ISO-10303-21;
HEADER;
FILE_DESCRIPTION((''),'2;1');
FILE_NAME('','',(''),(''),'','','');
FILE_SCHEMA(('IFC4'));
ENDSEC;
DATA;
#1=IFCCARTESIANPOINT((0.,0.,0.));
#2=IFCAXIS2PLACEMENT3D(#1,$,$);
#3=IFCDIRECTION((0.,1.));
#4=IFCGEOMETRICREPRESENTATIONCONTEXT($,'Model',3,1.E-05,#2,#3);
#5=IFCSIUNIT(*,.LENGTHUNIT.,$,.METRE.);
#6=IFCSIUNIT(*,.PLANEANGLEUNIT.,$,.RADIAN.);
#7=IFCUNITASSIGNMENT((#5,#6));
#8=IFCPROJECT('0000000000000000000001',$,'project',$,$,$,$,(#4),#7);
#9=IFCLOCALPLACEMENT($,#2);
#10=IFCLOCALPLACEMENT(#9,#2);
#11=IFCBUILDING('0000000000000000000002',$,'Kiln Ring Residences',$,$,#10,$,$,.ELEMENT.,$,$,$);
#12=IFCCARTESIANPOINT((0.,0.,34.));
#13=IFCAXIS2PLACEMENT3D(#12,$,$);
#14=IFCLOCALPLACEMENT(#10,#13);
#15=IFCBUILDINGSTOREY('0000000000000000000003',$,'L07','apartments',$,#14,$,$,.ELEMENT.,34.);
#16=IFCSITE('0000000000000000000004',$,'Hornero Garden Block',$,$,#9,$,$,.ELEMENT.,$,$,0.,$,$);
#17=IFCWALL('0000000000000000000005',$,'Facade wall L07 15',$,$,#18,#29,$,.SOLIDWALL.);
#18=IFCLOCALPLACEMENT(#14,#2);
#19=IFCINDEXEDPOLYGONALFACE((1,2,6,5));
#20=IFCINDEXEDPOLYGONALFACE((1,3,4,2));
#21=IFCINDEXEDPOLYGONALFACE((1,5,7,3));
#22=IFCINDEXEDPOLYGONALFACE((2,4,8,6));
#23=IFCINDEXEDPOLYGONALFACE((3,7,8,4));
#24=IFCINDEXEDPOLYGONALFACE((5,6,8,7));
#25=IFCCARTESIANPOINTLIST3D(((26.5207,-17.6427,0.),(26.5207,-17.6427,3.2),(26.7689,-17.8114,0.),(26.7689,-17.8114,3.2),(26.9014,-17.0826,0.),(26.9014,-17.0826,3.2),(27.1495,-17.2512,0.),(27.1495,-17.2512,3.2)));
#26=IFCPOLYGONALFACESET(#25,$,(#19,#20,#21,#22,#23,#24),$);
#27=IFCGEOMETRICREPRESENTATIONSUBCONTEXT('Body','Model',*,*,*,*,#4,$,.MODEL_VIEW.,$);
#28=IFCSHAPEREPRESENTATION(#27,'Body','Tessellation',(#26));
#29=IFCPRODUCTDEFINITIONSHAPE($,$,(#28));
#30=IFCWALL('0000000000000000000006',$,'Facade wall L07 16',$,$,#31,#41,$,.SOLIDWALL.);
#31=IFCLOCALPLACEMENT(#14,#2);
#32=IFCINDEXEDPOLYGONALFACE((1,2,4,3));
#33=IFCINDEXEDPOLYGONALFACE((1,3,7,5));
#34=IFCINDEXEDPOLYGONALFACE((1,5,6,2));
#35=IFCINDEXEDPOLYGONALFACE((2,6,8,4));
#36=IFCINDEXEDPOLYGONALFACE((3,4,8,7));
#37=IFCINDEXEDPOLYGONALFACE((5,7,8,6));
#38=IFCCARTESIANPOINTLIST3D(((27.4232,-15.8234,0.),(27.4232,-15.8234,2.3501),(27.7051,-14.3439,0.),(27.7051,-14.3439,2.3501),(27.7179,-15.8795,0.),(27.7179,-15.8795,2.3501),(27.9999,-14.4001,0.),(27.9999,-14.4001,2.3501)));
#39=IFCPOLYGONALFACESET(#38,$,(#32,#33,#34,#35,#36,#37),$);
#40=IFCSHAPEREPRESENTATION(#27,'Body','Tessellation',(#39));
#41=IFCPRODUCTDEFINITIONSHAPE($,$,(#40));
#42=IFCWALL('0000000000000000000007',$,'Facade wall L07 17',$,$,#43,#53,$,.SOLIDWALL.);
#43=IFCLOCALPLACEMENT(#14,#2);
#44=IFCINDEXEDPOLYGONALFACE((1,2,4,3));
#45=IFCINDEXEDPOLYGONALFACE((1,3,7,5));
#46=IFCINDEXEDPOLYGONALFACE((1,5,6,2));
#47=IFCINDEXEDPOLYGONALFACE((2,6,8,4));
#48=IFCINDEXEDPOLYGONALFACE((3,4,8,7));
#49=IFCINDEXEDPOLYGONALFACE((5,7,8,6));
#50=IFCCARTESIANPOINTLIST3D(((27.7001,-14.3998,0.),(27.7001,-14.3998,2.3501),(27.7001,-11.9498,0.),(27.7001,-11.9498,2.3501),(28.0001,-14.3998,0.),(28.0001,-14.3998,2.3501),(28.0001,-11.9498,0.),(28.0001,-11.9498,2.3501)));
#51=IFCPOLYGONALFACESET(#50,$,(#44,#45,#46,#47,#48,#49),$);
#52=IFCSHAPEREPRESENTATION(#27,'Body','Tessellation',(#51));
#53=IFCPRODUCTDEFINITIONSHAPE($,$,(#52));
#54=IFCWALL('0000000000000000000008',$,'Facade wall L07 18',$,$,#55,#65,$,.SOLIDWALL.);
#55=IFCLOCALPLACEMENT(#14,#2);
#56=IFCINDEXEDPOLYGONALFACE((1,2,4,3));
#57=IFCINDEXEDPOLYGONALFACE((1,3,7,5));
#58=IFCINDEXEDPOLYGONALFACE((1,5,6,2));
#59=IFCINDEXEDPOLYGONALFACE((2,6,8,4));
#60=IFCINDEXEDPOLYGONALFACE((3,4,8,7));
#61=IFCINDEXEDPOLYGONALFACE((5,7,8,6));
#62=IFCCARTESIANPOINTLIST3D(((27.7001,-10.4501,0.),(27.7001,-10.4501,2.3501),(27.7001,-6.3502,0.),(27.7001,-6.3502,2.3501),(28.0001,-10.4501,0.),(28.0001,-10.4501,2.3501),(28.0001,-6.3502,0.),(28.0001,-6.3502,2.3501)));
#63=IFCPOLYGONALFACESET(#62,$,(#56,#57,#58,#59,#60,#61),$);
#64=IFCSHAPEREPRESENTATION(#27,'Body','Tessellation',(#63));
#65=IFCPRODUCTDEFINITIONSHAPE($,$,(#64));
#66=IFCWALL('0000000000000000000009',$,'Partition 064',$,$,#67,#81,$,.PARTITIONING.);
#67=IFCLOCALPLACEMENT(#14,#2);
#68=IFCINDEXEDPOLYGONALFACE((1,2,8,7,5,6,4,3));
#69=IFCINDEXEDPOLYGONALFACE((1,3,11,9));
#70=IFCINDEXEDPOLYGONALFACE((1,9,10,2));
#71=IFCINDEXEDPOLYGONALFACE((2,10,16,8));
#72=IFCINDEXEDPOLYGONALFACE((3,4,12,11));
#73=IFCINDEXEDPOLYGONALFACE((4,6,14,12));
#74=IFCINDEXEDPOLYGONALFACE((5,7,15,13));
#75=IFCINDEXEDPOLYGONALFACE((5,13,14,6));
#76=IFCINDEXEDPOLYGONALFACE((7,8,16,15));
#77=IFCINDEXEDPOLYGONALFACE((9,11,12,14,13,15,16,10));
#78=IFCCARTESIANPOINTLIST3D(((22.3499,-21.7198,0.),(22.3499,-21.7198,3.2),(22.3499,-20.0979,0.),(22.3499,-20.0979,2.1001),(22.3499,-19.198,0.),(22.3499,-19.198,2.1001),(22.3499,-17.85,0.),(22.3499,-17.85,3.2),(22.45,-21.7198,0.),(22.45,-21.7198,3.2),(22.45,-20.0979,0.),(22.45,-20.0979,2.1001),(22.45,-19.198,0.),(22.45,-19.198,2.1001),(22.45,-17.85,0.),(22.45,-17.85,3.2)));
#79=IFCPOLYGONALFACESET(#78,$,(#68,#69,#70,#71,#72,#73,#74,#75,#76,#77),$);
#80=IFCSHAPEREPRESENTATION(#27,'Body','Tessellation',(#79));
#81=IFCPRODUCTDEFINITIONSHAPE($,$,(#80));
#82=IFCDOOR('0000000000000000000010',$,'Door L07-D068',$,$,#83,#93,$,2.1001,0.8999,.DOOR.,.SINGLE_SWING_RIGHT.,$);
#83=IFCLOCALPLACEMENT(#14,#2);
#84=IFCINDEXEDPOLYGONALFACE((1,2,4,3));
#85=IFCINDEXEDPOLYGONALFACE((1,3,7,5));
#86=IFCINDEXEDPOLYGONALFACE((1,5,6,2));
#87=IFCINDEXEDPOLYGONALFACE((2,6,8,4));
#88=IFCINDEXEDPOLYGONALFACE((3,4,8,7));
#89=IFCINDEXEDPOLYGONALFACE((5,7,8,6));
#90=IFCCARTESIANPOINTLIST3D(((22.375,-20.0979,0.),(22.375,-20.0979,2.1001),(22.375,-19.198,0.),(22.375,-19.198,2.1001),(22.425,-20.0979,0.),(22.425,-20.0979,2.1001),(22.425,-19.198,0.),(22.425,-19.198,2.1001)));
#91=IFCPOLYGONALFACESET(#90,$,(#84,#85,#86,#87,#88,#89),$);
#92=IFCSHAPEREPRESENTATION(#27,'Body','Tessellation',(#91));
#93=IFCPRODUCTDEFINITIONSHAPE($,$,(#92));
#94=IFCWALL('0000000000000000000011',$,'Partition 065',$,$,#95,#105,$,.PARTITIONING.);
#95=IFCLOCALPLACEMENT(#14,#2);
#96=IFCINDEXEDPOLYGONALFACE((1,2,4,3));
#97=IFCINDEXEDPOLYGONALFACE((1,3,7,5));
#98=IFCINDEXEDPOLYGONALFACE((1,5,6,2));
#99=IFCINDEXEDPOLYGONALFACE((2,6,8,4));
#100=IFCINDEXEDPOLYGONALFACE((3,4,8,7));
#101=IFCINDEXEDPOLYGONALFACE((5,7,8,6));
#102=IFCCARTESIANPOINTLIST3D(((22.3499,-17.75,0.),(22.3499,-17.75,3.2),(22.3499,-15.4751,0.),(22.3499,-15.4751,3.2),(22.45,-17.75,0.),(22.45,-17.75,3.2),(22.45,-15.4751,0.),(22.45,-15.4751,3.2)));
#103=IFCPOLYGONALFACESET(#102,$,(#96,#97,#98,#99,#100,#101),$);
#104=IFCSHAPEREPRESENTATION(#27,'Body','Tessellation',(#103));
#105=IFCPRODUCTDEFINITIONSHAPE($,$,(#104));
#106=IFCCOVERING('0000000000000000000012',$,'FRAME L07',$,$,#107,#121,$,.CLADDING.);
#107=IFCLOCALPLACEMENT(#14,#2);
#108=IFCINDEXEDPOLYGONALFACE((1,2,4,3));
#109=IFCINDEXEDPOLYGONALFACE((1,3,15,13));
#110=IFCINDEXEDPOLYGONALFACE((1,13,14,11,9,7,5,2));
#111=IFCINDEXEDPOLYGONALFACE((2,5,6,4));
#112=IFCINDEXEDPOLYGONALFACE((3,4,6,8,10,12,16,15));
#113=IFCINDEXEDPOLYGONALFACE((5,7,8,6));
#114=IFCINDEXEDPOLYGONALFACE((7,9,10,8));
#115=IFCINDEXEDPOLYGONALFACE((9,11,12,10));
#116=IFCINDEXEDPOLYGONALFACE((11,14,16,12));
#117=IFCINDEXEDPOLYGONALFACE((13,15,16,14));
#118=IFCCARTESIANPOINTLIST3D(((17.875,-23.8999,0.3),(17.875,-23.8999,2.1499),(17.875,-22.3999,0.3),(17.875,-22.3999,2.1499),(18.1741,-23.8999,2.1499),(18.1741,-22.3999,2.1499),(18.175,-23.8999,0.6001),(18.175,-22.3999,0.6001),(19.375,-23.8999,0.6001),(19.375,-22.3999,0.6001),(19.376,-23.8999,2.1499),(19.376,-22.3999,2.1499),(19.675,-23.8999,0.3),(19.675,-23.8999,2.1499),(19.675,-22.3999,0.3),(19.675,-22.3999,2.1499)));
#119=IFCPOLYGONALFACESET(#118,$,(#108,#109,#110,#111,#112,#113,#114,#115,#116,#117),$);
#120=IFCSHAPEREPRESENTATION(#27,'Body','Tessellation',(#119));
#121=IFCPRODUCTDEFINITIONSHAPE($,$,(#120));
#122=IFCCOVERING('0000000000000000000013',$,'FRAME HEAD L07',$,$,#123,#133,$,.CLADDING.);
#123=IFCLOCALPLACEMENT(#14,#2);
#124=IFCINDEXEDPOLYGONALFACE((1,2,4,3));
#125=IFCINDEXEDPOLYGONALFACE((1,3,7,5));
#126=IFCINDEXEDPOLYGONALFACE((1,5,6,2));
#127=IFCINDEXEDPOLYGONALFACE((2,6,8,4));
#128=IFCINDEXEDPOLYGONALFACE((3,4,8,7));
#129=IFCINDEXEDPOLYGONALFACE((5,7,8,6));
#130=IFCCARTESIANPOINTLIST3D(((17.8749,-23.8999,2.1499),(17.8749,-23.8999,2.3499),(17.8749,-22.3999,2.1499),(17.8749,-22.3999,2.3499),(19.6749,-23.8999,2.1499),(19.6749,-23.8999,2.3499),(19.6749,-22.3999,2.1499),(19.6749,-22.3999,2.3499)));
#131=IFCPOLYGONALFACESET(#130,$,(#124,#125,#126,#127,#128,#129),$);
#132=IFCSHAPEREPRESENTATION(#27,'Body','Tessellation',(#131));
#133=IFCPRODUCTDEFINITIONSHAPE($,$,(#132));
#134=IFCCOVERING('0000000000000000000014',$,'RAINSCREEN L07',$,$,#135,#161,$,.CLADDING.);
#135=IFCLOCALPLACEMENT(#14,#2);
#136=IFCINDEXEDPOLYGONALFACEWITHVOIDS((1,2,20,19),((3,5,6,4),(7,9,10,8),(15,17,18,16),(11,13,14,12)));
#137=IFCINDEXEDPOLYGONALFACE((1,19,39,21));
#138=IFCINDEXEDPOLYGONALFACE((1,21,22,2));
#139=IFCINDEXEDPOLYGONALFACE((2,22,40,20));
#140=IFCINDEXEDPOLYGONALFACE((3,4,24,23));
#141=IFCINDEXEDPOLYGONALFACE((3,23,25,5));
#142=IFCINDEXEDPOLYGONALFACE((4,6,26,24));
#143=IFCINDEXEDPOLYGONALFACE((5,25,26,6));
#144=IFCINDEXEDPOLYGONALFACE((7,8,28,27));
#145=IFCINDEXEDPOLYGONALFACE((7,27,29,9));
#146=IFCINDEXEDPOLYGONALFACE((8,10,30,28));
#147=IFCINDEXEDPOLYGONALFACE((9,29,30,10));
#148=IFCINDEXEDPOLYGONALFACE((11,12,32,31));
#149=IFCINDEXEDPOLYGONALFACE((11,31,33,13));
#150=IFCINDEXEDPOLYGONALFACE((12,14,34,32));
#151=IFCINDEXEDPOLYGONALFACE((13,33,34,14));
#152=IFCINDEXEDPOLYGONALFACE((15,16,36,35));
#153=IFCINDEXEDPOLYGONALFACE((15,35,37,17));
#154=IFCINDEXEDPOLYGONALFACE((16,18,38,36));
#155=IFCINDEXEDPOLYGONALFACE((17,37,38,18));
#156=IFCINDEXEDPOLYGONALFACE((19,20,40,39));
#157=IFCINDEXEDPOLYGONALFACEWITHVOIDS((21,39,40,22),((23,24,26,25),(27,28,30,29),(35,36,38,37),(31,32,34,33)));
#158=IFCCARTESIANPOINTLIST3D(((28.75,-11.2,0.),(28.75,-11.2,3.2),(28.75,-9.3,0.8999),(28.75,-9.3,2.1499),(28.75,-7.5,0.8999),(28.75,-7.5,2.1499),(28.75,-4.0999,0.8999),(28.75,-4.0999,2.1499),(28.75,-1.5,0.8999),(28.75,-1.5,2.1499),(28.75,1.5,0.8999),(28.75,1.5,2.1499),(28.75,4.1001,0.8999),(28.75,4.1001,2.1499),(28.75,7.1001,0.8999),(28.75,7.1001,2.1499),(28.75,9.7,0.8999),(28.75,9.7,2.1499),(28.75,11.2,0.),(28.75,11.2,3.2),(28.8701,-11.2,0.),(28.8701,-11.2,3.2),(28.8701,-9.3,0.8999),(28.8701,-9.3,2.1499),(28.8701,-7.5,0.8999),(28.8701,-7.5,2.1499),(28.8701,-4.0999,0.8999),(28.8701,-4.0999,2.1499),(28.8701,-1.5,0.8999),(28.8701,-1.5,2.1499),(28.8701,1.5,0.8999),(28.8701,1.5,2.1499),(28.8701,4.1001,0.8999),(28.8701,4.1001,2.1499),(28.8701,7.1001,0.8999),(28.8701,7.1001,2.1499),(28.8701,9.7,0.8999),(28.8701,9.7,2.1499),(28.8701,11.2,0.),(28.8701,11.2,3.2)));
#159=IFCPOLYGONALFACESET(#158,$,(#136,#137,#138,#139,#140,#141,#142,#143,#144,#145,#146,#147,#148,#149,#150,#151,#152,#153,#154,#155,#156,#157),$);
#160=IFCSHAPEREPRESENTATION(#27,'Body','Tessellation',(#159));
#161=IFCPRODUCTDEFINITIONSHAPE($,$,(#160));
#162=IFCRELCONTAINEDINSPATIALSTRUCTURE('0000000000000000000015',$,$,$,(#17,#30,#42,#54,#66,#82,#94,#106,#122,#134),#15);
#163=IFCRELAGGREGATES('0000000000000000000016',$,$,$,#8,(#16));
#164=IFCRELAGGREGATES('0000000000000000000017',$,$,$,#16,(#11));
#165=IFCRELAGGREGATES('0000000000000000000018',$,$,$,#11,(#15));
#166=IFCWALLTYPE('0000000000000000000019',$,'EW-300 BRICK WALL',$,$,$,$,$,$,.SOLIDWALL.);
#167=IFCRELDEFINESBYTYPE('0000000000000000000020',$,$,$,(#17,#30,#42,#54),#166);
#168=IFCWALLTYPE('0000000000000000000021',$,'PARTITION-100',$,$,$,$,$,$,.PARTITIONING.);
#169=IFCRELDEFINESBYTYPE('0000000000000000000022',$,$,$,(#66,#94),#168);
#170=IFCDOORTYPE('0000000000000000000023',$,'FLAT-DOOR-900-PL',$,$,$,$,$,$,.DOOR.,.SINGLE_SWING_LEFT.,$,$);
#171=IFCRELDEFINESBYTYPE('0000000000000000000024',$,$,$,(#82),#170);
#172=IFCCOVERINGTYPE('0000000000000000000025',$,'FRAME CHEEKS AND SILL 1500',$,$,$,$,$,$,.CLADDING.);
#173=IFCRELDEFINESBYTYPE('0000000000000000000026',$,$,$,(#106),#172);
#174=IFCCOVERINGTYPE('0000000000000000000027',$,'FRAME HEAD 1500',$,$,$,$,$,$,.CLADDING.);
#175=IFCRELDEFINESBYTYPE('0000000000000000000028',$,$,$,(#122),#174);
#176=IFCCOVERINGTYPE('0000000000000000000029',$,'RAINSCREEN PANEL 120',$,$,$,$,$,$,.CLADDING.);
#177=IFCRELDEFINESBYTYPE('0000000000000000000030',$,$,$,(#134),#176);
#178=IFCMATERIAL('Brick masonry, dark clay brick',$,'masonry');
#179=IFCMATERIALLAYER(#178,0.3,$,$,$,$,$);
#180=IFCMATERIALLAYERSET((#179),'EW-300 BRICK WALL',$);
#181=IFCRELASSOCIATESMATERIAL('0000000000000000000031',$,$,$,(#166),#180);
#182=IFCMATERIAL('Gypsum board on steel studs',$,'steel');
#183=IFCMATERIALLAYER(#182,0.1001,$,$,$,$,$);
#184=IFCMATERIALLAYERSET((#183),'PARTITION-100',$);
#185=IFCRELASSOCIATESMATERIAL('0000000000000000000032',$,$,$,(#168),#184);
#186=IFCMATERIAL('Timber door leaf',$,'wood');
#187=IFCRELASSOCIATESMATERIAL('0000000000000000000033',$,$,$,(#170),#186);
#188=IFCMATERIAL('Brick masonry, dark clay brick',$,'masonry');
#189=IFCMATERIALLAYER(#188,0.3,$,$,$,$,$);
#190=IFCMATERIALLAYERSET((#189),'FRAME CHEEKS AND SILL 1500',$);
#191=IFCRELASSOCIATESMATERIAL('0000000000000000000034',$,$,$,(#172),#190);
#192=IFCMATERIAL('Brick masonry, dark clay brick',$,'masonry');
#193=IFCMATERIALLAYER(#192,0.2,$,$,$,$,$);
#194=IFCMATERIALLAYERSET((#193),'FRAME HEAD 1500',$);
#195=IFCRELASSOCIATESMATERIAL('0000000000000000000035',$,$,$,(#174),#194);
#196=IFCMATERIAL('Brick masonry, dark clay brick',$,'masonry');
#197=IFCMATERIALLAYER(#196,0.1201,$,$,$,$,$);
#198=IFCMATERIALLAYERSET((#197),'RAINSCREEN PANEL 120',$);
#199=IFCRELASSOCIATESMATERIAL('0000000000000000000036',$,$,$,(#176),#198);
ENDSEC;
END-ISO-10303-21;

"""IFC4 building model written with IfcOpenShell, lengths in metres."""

from ifc_helpers import new_model, si_unit, direction, frame, frame_2d, origin, origin_2d, place, context, subcontext, project, spatial, polyline, rectangle, outline, extrude, material, layer, layer_set, type_object, element, fill, save


model = new_model("IFC4")

# Units and contexts
model_context = context("Model", 3, precision=1e-05, world=origin(), true_north=direction((0.0, 1.0)))
body_context = subcontext(model_context, "Body", "Model", "MODEL_VIEW")
ifc_project = project(units=[si_unit("LENGTHUNIT", "METRE"), si_unit("PLANEANGLEUNIT", "RADIAN")], contexts=[model_context])

# Site, building, storey
site_placement = place(None, origin())
site = spatial("IfcSite", under=ifc_project, at=site_placement, Name="Hornero Garden Block", CompositionType="ELEMENT", RefElevation=0.0)
building_placement = place(site_placement, origin())
building = spatial("IfcBuilding", under=site, at=building_placement, Name="Kiln Ring Residences", CompositionType="ELEMENT")
storey_placement = place(building_placement, frame((0.0, 0.0, 34.0)))
storey = spatial("IfcBuildingStorey", under=building, at=storey_placement, Name="L07", Description="apartments", CompositionType="ELEMENT", Elevation=34.0)

# Shared definitions
ifc_material_1 = material(Name="Brick masonry, dark clay brick", Category="masonry")
ifc_layer_1 = layer(ifc_material_1, 0.3)
ifc_layer_set_1 = layer_set([ifc_layer_1], Name="EW-300 BRICK WALL")
wall_type_1 = type_object("IfcWallType", Name="EW-300 BRICK WALL", PredefinedType="SOLIDWALL", material=ifc_layer_set_1)

# Walls
wall_1_placement = place(storey_placement, frame((26.6448, -17.7271, 0.0), z_axis=(0.0, 0.0, 1.0), x_axis=(0.562083, 0.827081, 0.0)))
element("IfcWall", 1, at=wall_1_placement, inside=storey, type_object=wall_type_1, Name="Facade wall L07 15", PredefinedType="SOLIDWALL", context=body_context, shape_type="SweptSolid", body=[
    extrude(rectangle(XDim=0.6772, YDim=0.3, at=frame_2d((0.3386, 0.0))), origin(), (0.0, 0.0, 1.0), 3.2),
])
wall_2_placement = place(storey_placement, frame((27.5706, -15.8513, 0.0), z_axis=(0.0, 0.0, 1.0), x_axis=(0.187224, 0.982317, 0.0)))
element("IfcWall", 2, at=wall_2_placement, inside=storey, type_object=wall_type_1, Name="Facade wall L07 16", PredefinedType="SOLIDWALL", context=body_context, shape_type="SweptSolid", body=[
    extrude(rectangle(XDim=1.5061, YDim=0.3, at=frame_2d((0.7529, 0.0))), origin(), (0.0, 0.0, 1.0), 2.3501),
])
wall_3_placement = place(storey_placement, frame((27.8501, -14.3999, 0.0), z_axis=(0.0, 0.0, 1.0), x_axis=(0.0, 1.0, 0.0)))
element("IfcWall", 3, at=wall_3_placement, inside=storey, type_object=wall_type_1, Name="Facade wall L07 17", PredefinedType="SOLIDWALL", context=body_context, shape_type="SweptSolid", body=[
    extrude(rectangle(XDim=2.45, YDim=0.3, at=frame_2d((1.2251, 0.0))), origin(), (0.0, 0.0, 1.0), 2.3501),
])
wall_4_placement = place(storey_placement, frame((27.8501, -10.45, 0.0), z_axis=(0.0, 0.0, 1.0), x_axis=(0.0, 1.0, 0.0)))
element("IfcWall", 4, at=wall_4_placement, inside=storey, type_object=wall_type_1, Name="Facade wall L07 18", PredefinedType="SOLIDWALL", context=body_context, shape_type="SweptSolid", body=[
    extrude(rectangle(XDim=4.0999, YDim=0.3, at=frame_2d((2.0498, 0.0))), origin(), (0.0, 0.0, 1.0), 2.3501),
])

# Wall, opening, door
ifc_material_2 = material(Name="Gypsum board on steel studs", Category="steel")
ifc_layer_2 = layer(ifc_material_2, 0.1001)
ifc_layer_set_2 = layer_set([ifc_layer_2], Name="PARTITION-100")
wall_type_2 = type_object("IfcWallType", Name="PARTITION-100", PredefinedType="PARTITIONING", material=ifc_layer_set_2)
wall_5_placement = place(storey_placement, frame((22.3999, -21.72, 0.0), z_axis=(0.0, 0.0, 1.0), x_axis=(0.0, 1.0, 0.0)))
wall_5 = element("IfcWall", 5, at=wall_5_placement, inside=storey, type_object=wall_type_2, Name="Partition 064", PredefinedType="PARTITIONING", context=body_context, shape_type="SweptSolid", body=[
    extrude(rectangle(XDim=3.8699, YDim=0.1001, at=frame_2d((1.9351, 0.0))), origin(), (0.0, 0.0, 1.0), 3.2),
])
opening_1_placement = place(wall_5_placement, frame((1.6221, 0.0, 0.0)))
opening_1 = element("IfcOpeningElement", 6, at=opening_1_placement, cuts=wall_5, PredefinedType="OPENING", context=body_context, shape_type="SweptSolid", body=[
    extrude(rectangle(XDim=0.8999, YDim=2.1001, at=frame_2d((0.45, 1.05))), frame((0.0, 0.0601, 0.0), z_axis=(0.0, -1.0, 0.0), x_axis=(1.0, 0.0, 0.0)), (0.0, 0.0, 1.0), 0.1201),
])
ifc_material_3 = material(Name="Timber door leaf", Category="wood")
door_type_1 = type_object("IfcDoorType", Name="FLAT-DOOR-900-PL", OperationType="SINGLE_SWING_LEFT", PredefinedType="DOOR", material=ifc_material_3)
door_1_placement = place(opening_1_placement, origin())
door_1 = element("IfcDoor", 7, at=door_1_placement, inside=storey, type_object=door_type_1, Name="Door L07-D068", OperationType="SINGLE_SWING_RIGHT", OverallHeight=2.1001, OverallWidth=0.8999, PredefinedType="DOOR", context=body_context, shape_type="SweptSolid", body=[
    extrude(rectangle(XDim=0.8999, YDim=2.1001, at=frame_2d((0.45, 1.05))), frame((0.0, 0.0249, 0.0), z_axis=(0.0, -1.0, 0.0), x_axis=(1.0, 0.0, 0.0)), (0.0, 0.0, 1.0), 0.05),
])
fill(opening_1, door_1)

# Wall
wall_6_placement = place(storey_placement, frame((22.3999, -17.75, 0.0), z_axis=(0.0, 0.0, 1.0), x_axis=(0.0, 1.0, 0.0)))
element("IfcWall", 8, at=wall_6_placement, inside=storey, type_object=wall_type_2, Name="Partition 065", PredefinedType="PARTITIONING", context=body_context, shape_type="SweptSolid", body=[
    extrude(rectangle(XDim=2.2749, YDim=0.1001, at=frame_2d((1.1375, 0.0))), origin(), (0.0, 0.0, 1.0), 3.2),
])

# Coverings
ifc_material_4 = material(Name="Brick masonry, dark clay brick", Category="masonry")
ifc_layer_3 = layer(ifc_material_4, 0.3)
ifc_layer_set_3 = layer_set([ifc_layer_3], Name="FRAME CHEEKS AND SILL 1500")
covering_type_1 = type_object("IfcCoveringType", Name="FRAME CHEEKS AND SILL 1500", PredefinedType="CLADDING", material=ifc_layer_set_3)
covering_1_placement = place(storey_placement, frame((17.875, -23.1499, 0.3), z_axis=(0.0, 0.0, 1.0), x_axis=(1.0, 0.0, 0.0)))
element("IfcCovering", 9, at=covering_1_placement, inside=storey, type_object=covering_type_1, Name="FRAME L07", PredefinedType="CLADDING", context=body_context, shape_type="SweptSolid", body=[
    extrude(outline(polyline([(0.0, 0.0), (1.8, 0.0), (1.8, 1.8499), (1.501, 1.8499), (1.5, 0.3), (0.3, 0.3), (0.2991, 1.8499), (0.0, 1.8499), (0.0, 0.0)])), frame((0.0, 0.75, 0.0), z_axis=(0.0, -1.0, 0.0), x_axis=(1.0, 0.0, 0.0)), (0.0, 0.0, 1.0), 1.5),
])
ifc_material_5 = material(Name="Brick masonry, dark clay brick", Category="masonry")
ifc_layer_4 = layer(ifc_material_5, 0.2)
ifc_layer_set_4 = layer_set([ifc_layer_4], Name="FRAME HEAD 1500")
covering_type_2 = type_object("IfcCoveringType", Name="FRAME HEAD 1500", PredefinedType="CLADDING", material=ifc_layer_set_4)
covering_2_placement = place(storey_placement, frame((18.7749, -23.1499, 2.1499), z_axis=(0.0, 0.0, 1.0), x_axis=(1.0, 0.0, 0.0)))
element("IfcCovering", 10, at=covering_2_placement, inside=storey, type_object=covering_type_2, Name="FRAME HEAD L07", PredefinedType="CLADDING", context=body_context, shape_type="SweptSolid", body=[
    extrude(rectangle(XDim=1.8, YDim=1.5, at=origin_2d()), origin(), (0.0, 0.0, 1.0), 0.2),
])
ifc_material_6 = material(Name="Brick masonry, dark clay brick", Category="masonry")
ifc_layer_5 = layer(ifc_material_6, 0.1201)
ifc_layer_set_5 = layer_set([ifc_layer_5], Name="RAINSCREEN PANEL 120")
covering_type_3 = type_object("IfcCoveringType", Name="RAINSCREEN PANEL 120", PredefinedType="CLADDING", material=ifc_layer_set_5)
covering_3_placement = place(storey_placement, frame((28.8101, -11.2, 0.0), z_axis=(0.0, 0.0, 1.0), x_axis=(0.0, 1.0, 0.0)))
element("IfcCovering", 11, at=covering_3_placement, inside=storey, type_object=covering_type_3, Name="RAINSCREEN L07", PredefinedType="CLADDING", context=body_context, shape_type="SweptSolid", body=[
    extrude(outline(polyline([(0.0, 0.0), (22.3999, 0.0), (22.3999, 3.2), (0.0, 3.2), (0.0, 0.0)]), holes=[polyline([(3.7, 0.8999), (3.7, 2.1499), (1.8999, 2.1499), (1.8999, 0.8999), (3.7, 0.8999)]), polyline([(9.7, 0.8999), (9.7, 2.1499), (7.1001, 2.1499), (7.1001, 0.8999), (9.7, 0.8999)]), polyline([(15.3, 0.8999), (15.3, 2.1499), (12.7, 2.1499), (12.7, 0.8999), (15.3, 0.8999)]), polyline([(20.8999, 0.8999), (20.8999, 2.1499), (18.3, 2.1499), (18.3, 0.8999), (20.8999, 0.8999)])]), frame((0.0, 0.0601, 0.0), z_axis=(0.0, -1.0, 0.0), x_axis=(1.0, 0.0, 0.0)), (0.0, 0.0, 1.0), 0.1201),
])

save(model, "model.ifc")
